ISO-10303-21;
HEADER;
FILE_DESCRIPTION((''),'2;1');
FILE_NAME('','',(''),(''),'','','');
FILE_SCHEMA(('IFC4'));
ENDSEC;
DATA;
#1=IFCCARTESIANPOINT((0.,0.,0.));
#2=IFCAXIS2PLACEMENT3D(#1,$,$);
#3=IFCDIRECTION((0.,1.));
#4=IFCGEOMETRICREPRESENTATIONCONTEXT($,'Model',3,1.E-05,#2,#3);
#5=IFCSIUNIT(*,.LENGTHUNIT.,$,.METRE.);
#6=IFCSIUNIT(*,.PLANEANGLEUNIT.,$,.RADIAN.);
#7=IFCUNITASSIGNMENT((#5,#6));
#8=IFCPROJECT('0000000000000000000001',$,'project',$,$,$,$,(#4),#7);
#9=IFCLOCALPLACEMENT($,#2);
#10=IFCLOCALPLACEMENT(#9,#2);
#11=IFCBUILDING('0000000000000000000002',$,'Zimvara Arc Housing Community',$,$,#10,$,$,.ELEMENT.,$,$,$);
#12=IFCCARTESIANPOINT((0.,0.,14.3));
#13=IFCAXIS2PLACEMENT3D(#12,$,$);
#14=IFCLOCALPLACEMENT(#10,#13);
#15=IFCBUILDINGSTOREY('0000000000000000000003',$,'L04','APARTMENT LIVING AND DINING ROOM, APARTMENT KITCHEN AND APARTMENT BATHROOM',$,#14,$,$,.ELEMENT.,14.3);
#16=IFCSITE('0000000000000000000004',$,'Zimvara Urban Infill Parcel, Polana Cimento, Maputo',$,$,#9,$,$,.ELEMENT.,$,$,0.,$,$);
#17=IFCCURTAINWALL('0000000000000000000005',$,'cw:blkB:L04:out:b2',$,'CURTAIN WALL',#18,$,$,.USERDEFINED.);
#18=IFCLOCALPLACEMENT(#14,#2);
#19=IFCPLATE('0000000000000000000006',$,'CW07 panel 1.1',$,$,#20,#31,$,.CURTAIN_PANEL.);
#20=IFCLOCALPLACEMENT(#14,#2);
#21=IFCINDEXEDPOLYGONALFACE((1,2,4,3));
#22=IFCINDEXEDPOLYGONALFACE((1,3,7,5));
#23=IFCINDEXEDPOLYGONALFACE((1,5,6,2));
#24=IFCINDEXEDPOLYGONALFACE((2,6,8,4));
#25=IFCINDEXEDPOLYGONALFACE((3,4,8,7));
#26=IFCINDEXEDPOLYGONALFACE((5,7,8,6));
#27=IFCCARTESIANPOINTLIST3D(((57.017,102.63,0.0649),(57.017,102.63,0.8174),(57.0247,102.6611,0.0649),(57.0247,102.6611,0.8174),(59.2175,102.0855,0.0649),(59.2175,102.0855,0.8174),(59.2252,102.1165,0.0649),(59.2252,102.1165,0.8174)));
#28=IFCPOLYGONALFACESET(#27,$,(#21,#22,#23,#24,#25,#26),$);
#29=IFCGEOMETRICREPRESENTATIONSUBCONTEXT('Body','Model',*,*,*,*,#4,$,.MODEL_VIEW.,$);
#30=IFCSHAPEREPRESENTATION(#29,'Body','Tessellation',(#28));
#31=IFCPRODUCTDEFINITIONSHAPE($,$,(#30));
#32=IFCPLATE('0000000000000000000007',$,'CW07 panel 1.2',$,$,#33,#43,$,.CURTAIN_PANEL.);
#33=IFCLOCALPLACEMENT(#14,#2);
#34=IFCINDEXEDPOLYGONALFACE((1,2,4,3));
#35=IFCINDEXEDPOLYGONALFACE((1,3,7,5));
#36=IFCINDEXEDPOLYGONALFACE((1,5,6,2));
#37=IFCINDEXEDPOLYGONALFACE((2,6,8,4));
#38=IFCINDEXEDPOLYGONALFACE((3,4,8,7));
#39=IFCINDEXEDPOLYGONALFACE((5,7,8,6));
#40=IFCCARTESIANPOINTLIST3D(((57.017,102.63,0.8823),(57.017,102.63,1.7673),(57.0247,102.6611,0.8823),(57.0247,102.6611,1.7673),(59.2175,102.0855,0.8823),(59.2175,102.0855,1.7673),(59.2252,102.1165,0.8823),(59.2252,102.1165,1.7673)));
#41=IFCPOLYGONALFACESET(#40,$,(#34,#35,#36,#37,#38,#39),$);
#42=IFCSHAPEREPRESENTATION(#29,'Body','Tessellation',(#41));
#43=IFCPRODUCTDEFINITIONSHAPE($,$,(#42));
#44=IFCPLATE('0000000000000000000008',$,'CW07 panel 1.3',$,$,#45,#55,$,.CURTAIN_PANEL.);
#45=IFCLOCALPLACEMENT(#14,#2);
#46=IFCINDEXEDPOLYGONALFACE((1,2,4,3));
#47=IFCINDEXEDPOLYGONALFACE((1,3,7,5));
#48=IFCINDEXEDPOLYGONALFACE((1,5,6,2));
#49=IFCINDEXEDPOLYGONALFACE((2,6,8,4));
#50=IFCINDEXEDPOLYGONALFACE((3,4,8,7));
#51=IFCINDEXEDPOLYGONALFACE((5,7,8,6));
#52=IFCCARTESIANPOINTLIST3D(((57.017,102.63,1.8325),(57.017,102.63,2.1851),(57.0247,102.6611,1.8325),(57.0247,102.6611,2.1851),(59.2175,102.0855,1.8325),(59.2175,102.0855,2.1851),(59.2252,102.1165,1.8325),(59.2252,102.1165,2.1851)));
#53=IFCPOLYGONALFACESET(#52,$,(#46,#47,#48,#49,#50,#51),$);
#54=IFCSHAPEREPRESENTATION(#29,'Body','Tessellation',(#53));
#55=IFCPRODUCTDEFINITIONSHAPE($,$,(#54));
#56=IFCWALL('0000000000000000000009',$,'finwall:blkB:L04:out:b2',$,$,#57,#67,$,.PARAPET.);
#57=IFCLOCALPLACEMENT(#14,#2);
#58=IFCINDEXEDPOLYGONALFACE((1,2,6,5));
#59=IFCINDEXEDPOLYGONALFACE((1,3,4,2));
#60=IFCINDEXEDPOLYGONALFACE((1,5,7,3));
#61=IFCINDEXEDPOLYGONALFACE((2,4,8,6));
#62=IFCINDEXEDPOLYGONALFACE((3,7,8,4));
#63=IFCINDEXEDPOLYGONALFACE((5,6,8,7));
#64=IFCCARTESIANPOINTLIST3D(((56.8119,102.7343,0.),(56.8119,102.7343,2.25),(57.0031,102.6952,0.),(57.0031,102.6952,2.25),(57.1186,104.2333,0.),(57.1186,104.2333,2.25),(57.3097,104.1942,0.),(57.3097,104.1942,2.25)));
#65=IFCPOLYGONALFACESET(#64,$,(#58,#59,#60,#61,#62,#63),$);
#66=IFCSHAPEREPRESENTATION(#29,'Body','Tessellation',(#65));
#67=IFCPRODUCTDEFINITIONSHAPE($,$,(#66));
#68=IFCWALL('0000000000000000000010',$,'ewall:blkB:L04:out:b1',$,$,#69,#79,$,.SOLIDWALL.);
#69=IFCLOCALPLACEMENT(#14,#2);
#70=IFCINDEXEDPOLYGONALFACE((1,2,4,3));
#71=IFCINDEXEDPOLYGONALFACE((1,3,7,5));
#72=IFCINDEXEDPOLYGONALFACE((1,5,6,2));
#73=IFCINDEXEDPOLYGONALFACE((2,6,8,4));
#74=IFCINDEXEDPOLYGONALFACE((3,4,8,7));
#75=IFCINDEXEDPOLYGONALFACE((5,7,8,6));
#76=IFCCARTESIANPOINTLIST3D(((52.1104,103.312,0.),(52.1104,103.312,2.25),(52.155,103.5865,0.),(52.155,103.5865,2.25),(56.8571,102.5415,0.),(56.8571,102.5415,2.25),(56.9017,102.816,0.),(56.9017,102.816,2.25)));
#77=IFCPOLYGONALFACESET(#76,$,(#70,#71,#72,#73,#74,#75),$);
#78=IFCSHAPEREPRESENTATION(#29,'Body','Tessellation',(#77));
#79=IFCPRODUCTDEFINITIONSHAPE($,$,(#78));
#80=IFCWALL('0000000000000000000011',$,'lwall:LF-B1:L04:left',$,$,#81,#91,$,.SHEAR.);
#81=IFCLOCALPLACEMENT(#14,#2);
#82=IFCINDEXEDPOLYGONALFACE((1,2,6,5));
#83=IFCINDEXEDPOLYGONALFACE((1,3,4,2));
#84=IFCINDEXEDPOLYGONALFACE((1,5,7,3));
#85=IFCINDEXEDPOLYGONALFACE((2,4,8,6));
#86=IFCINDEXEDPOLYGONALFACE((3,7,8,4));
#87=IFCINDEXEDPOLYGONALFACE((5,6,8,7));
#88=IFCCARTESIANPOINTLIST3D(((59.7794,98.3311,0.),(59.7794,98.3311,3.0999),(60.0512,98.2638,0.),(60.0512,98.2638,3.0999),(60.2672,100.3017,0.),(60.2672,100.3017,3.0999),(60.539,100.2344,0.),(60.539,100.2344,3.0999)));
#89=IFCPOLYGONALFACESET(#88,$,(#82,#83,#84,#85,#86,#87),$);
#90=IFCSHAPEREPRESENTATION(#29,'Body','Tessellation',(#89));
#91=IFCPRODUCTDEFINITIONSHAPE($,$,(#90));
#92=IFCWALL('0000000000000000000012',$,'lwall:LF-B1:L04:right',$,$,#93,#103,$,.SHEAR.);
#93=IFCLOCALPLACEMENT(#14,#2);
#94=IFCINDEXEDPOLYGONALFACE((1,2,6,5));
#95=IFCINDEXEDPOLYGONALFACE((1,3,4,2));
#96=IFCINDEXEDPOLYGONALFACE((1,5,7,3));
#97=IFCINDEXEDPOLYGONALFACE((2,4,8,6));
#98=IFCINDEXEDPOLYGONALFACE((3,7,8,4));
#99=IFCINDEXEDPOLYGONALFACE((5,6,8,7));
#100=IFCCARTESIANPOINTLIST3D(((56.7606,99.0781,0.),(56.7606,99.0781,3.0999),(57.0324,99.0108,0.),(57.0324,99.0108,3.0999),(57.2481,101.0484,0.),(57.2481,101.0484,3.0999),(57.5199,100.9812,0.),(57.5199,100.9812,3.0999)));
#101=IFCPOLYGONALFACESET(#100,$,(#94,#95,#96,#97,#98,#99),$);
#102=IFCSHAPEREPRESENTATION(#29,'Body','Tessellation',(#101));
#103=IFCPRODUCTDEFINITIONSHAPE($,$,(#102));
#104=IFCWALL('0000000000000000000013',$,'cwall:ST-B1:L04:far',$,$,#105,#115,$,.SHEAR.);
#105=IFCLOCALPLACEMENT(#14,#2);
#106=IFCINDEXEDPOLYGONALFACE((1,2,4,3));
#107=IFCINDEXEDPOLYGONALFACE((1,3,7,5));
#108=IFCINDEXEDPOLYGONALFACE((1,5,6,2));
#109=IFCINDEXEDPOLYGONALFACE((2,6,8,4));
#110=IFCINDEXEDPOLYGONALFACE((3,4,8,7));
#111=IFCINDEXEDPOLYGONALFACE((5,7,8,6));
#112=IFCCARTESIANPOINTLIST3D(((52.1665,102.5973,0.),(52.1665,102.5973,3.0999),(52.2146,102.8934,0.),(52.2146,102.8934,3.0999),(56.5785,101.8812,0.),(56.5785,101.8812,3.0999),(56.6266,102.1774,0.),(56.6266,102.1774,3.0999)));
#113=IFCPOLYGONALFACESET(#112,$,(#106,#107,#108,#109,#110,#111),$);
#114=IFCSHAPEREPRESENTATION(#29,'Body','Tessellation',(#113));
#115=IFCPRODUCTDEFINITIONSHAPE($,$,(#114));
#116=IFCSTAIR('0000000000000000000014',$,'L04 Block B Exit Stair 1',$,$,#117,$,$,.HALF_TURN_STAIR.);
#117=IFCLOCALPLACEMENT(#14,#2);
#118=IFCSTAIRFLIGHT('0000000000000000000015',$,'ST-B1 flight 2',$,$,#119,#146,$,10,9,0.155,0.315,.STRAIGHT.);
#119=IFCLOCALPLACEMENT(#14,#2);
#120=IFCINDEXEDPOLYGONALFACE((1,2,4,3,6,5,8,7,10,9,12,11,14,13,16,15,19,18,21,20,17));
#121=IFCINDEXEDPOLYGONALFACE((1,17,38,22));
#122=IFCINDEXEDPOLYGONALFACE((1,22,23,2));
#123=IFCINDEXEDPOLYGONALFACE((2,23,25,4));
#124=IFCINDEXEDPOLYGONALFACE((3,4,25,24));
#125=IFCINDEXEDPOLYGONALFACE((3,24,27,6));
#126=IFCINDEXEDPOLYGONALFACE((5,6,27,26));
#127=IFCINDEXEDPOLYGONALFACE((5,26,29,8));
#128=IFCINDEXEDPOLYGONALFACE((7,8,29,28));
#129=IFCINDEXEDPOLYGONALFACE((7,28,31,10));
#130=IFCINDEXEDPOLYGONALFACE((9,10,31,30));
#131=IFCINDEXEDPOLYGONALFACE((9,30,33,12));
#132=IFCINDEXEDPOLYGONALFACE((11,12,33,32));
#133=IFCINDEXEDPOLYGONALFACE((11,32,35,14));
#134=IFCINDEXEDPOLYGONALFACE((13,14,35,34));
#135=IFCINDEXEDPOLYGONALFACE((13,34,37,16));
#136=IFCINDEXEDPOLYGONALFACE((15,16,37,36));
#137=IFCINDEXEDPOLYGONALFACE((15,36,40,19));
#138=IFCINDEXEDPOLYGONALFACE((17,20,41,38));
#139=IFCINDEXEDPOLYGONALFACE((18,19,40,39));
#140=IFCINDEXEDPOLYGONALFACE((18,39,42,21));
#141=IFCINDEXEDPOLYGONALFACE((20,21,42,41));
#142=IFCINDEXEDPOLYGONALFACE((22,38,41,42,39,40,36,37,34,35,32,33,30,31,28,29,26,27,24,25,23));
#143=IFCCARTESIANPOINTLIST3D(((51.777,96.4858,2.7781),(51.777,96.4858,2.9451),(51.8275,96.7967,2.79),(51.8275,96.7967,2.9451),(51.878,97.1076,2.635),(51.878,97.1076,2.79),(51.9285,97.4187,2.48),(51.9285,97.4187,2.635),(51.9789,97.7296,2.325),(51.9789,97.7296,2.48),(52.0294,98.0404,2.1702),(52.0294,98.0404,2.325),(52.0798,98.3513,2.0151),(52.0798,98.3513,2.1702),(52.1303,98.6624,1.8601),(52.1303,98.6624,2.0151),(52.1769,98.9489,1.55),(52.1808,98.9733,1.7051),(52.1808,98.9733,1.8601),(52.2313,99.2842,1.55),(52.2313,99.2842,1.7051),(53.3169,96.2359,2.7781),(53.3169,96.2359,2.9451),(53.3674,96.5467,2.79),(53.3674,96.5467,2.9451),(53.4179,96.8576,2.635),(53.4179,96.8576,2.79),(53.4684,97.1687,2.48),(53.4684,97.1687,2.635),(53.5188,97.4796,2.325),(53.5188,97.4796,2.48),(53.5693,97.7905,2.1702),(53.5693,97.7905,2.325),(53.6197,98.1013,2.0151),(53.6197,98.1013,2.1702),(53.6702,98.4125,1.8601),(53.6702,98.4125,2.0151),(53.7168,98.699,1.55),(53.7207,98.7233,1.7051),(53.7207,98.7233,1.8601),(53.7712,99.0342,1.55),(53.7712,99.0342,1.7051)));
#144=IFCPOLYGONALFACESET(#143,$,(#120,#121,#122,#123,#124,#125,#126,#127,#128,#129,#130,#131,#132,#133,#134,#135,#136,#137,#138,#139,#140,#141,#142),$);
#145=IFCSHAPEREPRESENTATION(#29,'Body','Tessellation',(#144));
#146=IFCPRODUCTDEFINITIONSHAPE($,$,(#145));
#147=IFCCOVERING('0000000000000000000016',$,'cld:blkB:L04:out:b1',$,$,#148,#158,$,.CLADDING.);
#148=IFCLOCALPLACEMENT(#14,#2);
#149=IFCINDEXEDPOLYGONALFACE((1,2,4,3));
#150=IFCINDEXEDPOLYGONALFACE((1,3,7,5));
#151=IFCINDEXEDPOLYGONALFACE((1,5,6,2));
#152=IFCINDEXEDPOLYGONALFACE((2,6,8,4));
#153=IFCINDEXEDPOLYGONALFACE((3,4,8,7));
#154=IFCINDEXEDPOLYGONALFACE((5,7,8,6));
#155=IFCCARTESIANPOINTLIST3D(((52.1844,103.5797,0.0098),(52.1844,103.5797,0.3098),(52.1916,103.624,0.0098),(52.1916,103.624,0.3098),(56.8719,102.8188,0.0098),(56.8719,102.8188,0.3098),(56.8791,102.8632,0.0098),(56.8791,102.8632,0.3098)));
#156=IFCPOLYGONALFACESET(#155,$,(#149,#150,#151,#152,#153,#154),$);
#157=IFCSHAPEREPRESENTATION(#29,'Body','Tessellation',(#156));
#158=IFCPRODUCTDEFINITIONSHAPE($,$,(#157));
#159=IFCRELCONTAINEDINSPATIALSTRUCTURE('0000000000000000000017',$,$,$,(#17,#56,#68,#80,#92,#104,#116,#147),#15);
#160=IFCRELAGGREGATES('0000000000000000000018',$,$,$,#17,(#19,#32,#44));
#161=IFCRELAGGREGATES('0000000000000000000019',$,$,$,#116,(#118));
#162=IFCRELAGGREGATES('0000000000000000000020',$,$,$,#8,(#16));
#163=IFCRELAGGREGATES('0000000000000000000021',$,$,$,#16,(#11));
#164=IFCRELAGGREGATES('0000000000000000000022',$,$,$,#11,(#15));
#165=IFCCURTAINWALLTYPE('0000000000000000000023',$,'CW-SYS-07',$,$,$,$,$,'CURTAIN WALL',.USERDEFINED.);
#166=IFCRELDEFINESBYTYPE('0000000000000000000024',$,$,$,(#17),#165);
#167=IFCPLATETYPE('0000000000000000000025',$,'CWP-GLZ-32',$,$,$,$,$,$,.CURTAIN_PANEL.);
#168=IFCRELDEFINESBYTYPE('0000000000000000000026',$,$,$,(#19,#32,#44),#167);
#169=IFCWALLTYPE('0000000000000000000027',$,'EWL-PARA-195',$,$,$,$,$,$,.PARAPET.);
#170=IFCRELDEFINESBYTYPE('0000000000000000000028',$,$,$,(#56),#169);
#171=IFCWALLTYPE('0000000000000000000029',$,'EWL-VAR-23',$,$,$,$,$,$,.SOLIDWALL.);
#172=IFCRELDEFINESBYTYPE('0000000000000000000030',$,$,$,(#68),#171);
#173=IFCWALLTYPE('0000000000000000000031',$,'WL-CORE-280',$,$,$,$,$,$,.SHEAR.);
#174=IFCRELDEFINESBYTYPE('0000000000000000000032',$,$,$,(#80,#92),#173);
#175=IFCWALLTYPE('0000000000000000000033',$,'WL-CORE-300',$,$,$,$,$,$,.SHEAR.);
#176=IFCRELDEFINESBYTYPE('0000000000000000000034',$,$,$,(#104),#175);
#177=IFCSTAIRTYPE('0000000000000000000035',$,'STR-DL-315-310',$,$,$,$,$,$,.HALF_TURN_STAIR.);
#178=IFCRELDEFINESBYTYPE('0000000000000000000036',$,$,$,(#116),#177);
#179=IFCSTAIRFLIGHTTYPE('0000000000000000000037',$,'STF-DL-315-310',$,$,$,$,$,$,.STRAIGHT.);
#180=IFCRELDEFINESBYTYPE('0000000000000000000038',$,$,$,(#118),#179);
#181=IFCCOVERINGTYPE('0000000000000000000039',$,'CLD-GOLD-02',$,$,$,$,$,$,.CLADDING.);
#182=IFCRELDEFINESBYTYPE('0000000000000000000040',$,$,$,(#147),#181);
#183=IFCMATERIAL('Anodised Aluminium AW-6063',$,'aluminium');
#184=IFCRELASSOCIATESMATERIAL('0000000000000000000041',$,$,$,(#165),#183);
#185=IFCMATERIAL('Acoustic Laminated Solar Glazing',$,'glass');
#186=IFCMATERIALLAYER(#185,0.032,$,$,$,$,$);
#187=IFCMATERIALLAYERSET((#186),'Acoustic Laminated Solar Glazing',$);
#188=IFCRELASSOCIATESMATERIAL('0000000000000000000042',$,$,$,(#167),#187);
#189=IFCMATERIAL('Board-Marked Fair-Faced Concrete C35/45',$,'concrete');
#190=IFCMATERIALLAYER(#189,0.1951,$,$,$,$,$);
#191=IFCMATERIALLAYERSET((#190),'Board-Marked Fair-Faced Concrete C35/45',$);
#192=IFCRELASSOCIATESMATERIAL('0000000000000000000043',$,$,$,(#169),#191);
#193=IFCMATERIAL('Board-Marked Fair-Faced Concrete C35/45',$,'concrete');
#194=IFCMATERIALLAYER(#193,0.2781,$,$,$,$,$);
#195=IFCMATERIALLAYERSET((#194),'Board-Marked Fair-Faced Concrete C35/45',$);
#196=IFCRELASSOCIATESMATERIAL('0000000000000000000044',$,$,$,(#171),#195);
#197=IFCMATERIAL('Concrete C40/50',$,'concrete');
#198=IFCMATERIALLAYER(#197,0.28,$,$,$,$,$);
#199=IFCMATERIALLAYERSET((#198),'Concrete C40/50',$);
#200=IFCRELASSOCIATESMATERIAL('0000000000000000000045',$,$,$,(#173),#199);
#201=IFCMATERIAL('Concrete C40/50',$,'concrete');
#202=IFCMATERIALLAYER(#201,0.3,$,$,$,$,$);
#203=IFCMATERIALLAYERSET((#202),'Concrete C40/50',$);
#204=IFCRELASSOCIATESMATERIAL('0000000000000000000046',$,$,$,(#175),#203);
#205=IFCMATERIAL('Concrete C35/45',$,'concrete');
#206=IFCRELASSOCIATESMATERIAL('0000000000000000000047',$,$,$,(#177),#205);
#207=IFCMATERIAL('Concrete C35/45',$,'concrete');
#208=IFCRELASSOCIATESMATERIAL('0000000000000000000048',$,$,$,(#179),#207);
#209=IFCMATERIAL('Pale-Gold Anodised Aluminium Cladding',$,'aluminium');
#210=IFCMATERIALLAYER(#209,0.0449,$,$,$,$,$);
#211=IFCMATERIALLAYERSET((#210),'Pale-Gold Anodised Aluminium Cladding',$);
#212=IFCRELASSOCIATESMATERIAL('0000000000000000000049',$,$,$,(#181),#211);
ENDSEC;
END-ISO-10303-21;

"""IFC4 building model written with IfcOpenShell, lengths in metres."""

from ifc_helpers import new_model, si_unit, direction, frame, frame_2d, origin, origin_2d, place, context, subcontext, project, spatial, polyline, rectangle, outline, extrude, material, layer, layer_set, type_object, element, aggregate, save


model = new_model("IFC4")

# Units and contexts
model_context = context("Model", 3, precision=1e-05, world=origin(), true_north=direction((0.0, 1.0)))
body_context = subcontext(model_context, "Body", "Model", "MODEL_VIEW")
ifc_project = project(units=[si_unit("LENGTHUNIT", "METRE"), si_unit("PLANEANGLEUNIT", "RADIAN")], contexts=[model_context])

# Site, building, storey
site_placement = place(None, origin())
site = spatial("IfcSite", under=ifc_project, at=site_placement, Name="Zimvara Urban Infill Parcel, Polana Cimento, Maputo", CompositionType="ELEMENT", RefElevation=0.0)
building_placement = place(site_placement, origin())
building = spatial("IfcBuilding", under=site, at=building_placement, Name="Zimvara Arc Housing Community", CompositionType="ELEMENT")
storey_placement = place(building_placement, frame((0.0, 0.0, 14.3)))
storey = spatial("IfcBuildingStorey", under=building, at=storey_placement, Name="L04", Description="APARTMENT LIVING AND DINING ROOM, APARTMENT KITCHEN AND APARTMENT BATHROOM", CompositionType="ELEMENT", Elevation=14.3)

# Curtain wall, plates
ifc_material_1 = material(Name="Anodised Aluminium AW-6063", Category="aluminium")
curtain_wall_type = type_object("IfcCurtainWallType", Name="CW-SYS-07", ElementType="CURTAIN WALL", PredefinedType="USERDEFINED", material=ifc_material_1)
curtain_wall_placement = place(storey_placement, origin())
curtain_wall = element("IfcCurtainWall", 1, at=curtain_wall_placement, inside=storey, type_object=curtain_wall_type, Name="cw:blkB:L04:out:b2", ObjectType="CURTAIN WALL", PredefinedType="USERDEFINED")
ifc_material_2 = material(Name="Acoustic Laminated Solar Glazing", Category="glass")
ifc_layer_1 = layer(ifc_material_2, 0.032)
ifc_layer_set_1 = layer_set([ifc_layer_1], Name="Acoustic Laminated Solar Glazing")
plate_type = type_object("IfcPlateType", Name="CWP-GLZ-32", PredefinedType="CURTAIN_PANEL", material=ifc_layer_set_1)
plate_1_placement = place(storey_placement, frame((58.1211, 102.3733, 0.0649), z_axis=(0.0, 0.0, 1.0), x_axis=(0.970716, -0.24023, 0.0)))
plate_1 = element("IfcPlate", 2, at=plate_1_placement, type_object=plate_type, Name="CW07 panel 1.1", PredefinedType="CURTAIN_PANEL", context=body_context, shape_type="SweptSolid", body=[
    extrude(rectangle(XDim=2.2668, YDim=0.032, at=origin_2d()), origin(), (0.0, 0.0, 1.0), 0.7524),
])
plate_2_placement = place(storey_placement, frame((58.1211, 102.3733, 0.8823), z_axis=(0.0, 0.0, 1.0), x_axis=(0.970716, -0.24023, 0.0)))
plate_2 = element("IfcPlate", 3, at=plate_2_placement, type_object=plate_type, Name="CW07 panel 1.2", PredefinedType="CURTAIN_PANEL", context=body_context, shape_type="SweptSolid", body=[
    extrude(rectangle(XDim=2.2668, YDim=0.032, at=origin_2d()), origin(), (0.0, 0.0, 1.0), 0.885),
])
plate_3_placement = place(storey_placement, frame((58.1211, 102.3733, 1.8325), z_axis=(0.0, 0.0, 1.0), x_axis=(0.970716, -0.24023, 0.0)))
plate_3 = element("IfcPlate", 4, at=plate_3_placement, type_object=plate_type, Name="CW07 panel 1.3", PredefinedType="CURTAIN_PANEL", context=body_context, shape_type="SweptSolid", body=[
    extrude(rectangle(XDim=2.2668, YDim=0.032, at=origin_2d()), origin(), (0.0, 0.0, 1.0), 0.3525),
])
aggregate(curtain_wall, [plate_1, plate_2, plate_3])

# Walls
ifc_material_3 = material(Name="Board-Marked Fair-Faced Concrete C35/45", Category="concrete")
ifc_layer_2 = layer(ifc_material_3, 0.1951)
ifc_layer_set_2 = layer_set([ifc_layer_2], Name="Board-Marked Fair-Faced Concrete C35/45")
wall_type_1 = type_object("IfcWallType", Name="EWL-PARA-195", PredefinedType="PARAPET", material=ifc_layer_set_2)
wall_1_placement = place(storey_placement, frame((56.9075, 102.7146, 0.0), z_axis=(0.0, 0.0, 1.0), x_axis=(0.20041, 0.979712, 0.0)))
element("IfcWall", 5, at=wall_1_placement, inside=storey, type_object=wall_type_1, Name="finwall:blkB:L04:out:b2", PredefinedType="PARAPET", context=body_context, shape_type="SweptSolid", body=[
    extrude(rectangle(XDim=1.53, YDim=0.1951, at=frame_2d((0.7651, 0.0))), origin(), (0.0, 0.0, 1.0), 2.25),
])
ifc_material_4 = material(Name="Board-Marked Fair-Faced Concrete C35/45", Category="concrete")
ifc_layer_3 = layer(ifc_material_4, 0.2781)
ifc_layer_set_3 = layer_set([ifc_layer_3], Name="Board-Marked Fair-Faced Concrete C35/45")
wall_type_2 = type_object("IfcWallType", Name="EWL-VAR-23", PredefinedType="SOLIDWALL", material=ifc_layer_set_3)
wall_2_placement = place(storey_placement, frame((52.1328, 103.4492, 0.0), z_axis=(0.0, 0.0, 1.0), x_axis=(0.987081, -0.160224, 0.0)))
element("IfcWall", 6, at=wall_2_placement, inside=storey, type_object=wall_type_2, Name="ewall:blkB:L04:out:b1", PredefinedType="SOLIDWALL", context=body_context, shape_type="SweptSolid", body=[
    extrude(rectangle(XDim=4.8088, YDim=0.2781, at=frame_2d((2.4043, 0.0))), origin(), (0.0, 0.0, 1.0), 2.25),
])

# Shared definitions
ifc_material_5 = material(Name="Concrete C40/50", Category="concrete")
ifc_layer_4 = layer(ifc_material_5, 0.28)
ifc_layer_set_4 = layer_set([ifc_layer_4], Name="Concrete C40/50")
wall_type_3 = type_object("IfcWallType", Name="WL-CORE-280", PredefinedType="SHEAR", material=ifc_layer_set_4)

# Walls
wall_3_placement = place(storey_placement, frame((59.9153, 98.2974, 0.0), z_axis=(0.0, 0.0, 1.0), x_axis=(0.240299, 0.970699, 0.0)))
element("IfcWall", 7, at=wall_3_placement, inside=storey, type_object=wall_type_3, Name="lwall:LF-B1:L04:left", PredefinedType="SHEAR", context=body_context, shape_type="SweptSolid", body=[
    extrude(rectangle(XDim=2.03, YDim=0.28, at=frame_2d((1.0151, 0.0))), origin(), (0.0, 0.0, 1.0), 3.0999),
])
wall_4_placement = place(storey_placement, frame((56.8965, 99.0444, 0.0), z_axis=(0.0, 0.0, 1.0), x_axis=(0.240186, 0.970727, 0.0)))
element("IfcWall", 8, at=wall_4_placement, inside=storey, type_object=wall_type_3, Name="lwall:LF-B1:L04:right", PredefinedType="SHEAR", context=body_context, shape_type="SweptSolid", body=[
    extrude(rectangle(XDim=2.0298, YDim=0.28, at=frame_2d((1.0149, 0.0))), origin(), (0.0, 0.0, 1.0), 3.0999),
])
ifc_material_6 = material(Name="Concrete C40/50", Category="concrete")
ifc_layer_5 = layer(ifc_material_6, 0.3)
ifc_layer_set_5 = layer_set([ifc_layer_5], Name="Concrete C40/50")
wall_type_4 = type_object("IfcWallType", Name="WL-CORE-300", PredefinedType="SHEAR", material=ifc_layer_set_5)
wall_5_placement = place(storey_placement, frame((56.6025, 102.0293, 0.0), z_axis=(0.0, 0.0, 1.0), x_axis=(-0.987085, 0.160199, 0.0)))
element("IfcWall", 9, at=wall_5_placement, inside=storey, type_object=wall_type_4, Name="cwall:ST-B1:L04:far", PredefinedType="SHEAR", context=body_context, shape_type="SweptSolid", body=[
    extrude(rectangle(XDim=4.4697, YDim=0.3, at=frame_2d((2.2349, 0.0))), origin(), (0.0, 0.0, 1.0), 3.0999),
])

# Stair, stair flight
ifc_material_7 = material(Name="Concrete C35/45", Category="concrete")
stair_type = type_object("IfcStairType", Name="STR-DL-315-310", PredefinedType="HALF_TURN_STAIR", material=ifc_material_7)
stair_placement = place(storey_placement, origin())
stair = element("IfcStair", 10, at=stair_placement, inside=storey, type_object=stair_type, Name="L04 Block B Exit Stair 1", PredefinedType="HALF_TURN_STAIR")
ifc_material_8 = material(Name="Concrete C35/45", Category="concrete")
stair_flight_type = type_object("IfcStairFlightType", Name="STF-DL-315-310", PredefinedType="STRAIGHT", material=ifc_material_8)
stair_flight_placement = place(storey_placement, frame((53.0012, 99.1592, 1.55), z_axis=(0.0, 0.0, 1.0), x_axis=(-0.160226, -0.98708, 0.0)))
stair_flight = element("IfcStairFlight", 11, at=stair_flight_placement, type_object=stair_flight_type, Name="ST-B1 flight 2", NumberOfRisers=10, NumberOfTreads=9, PredefinedType="STRAIGHT", RiserHeight=0.155, TreadLength=0.315, context=body_context, shape_type="SweptSolid", body=[
    extrude(outline(polyline([(0.0, 0.0), (0.0, 0.155), (0.3149, 0.155), (0.3149, 0.3101), (0.6299, 0.3101), (0.6299, 0.4651), (0.9451, 0.4651), (0.9451, 0.6201), (1.26, 0.6201), (1.26, 0.7749), (1.575, 0.7749), (1.575, 0.9299), (1.8899, 0.9299), (1.8899, 1.085), (2.2051, 1.085), (2.2051, 1.24), (2.52, 1.24), (2.52, 1.395), (2.835, 1.395), (2.835, 1.55), (2.835, 1.228), (0.3396, 0.0), (0.0, 0.0)])), frame((0.0, 0.78, 0.0), z_axis=(0.0, -1.0, 0.0), x_axis=(1.0, 0.0, 0.0)), (0.0, 0.0, 1.0), 1.5601),
])
aggregate(stair, [stair_flight])

# Covering
ifc_material_9 = material(Name="Pale-Gold Anodised Aluminium Cladding", Category="aluminium")
ifc_layer_6 = layer(ifc_material_9, 0.0449)
ifc_layer_set_6 = layer_set([ifc_layer_6], Name="Pale-Gold Anodised Aluminium Cladding")
covering_type = type_object("IfcCoveringType", Name="CLD-GOLD-02", PredefinedType="CLADDING", material=ifc_layer_set_6)
covering_placement = place(storey_placement, frame((54.5317, 103.2214, 0.0098), z_axis=(0.0, 0.0, 1.0), x_axis=(0.98708, -0.160226, 0.0)))
element("IfcCovering", 12, at=covering_placement, inside=storey, type_object=covering_type, Name="cld:blkB:L04:out:b1", PredefinedType="CLADDING", context=body_context, shape_type="SweptSolid", body=[
    extrude(rectangle(XDim=4.7488, YDim=0.0449, at=origin_2d()), origin(), (0.0, 0.0, 1.0), 0.3),
])

save(model, "model.ifc")
